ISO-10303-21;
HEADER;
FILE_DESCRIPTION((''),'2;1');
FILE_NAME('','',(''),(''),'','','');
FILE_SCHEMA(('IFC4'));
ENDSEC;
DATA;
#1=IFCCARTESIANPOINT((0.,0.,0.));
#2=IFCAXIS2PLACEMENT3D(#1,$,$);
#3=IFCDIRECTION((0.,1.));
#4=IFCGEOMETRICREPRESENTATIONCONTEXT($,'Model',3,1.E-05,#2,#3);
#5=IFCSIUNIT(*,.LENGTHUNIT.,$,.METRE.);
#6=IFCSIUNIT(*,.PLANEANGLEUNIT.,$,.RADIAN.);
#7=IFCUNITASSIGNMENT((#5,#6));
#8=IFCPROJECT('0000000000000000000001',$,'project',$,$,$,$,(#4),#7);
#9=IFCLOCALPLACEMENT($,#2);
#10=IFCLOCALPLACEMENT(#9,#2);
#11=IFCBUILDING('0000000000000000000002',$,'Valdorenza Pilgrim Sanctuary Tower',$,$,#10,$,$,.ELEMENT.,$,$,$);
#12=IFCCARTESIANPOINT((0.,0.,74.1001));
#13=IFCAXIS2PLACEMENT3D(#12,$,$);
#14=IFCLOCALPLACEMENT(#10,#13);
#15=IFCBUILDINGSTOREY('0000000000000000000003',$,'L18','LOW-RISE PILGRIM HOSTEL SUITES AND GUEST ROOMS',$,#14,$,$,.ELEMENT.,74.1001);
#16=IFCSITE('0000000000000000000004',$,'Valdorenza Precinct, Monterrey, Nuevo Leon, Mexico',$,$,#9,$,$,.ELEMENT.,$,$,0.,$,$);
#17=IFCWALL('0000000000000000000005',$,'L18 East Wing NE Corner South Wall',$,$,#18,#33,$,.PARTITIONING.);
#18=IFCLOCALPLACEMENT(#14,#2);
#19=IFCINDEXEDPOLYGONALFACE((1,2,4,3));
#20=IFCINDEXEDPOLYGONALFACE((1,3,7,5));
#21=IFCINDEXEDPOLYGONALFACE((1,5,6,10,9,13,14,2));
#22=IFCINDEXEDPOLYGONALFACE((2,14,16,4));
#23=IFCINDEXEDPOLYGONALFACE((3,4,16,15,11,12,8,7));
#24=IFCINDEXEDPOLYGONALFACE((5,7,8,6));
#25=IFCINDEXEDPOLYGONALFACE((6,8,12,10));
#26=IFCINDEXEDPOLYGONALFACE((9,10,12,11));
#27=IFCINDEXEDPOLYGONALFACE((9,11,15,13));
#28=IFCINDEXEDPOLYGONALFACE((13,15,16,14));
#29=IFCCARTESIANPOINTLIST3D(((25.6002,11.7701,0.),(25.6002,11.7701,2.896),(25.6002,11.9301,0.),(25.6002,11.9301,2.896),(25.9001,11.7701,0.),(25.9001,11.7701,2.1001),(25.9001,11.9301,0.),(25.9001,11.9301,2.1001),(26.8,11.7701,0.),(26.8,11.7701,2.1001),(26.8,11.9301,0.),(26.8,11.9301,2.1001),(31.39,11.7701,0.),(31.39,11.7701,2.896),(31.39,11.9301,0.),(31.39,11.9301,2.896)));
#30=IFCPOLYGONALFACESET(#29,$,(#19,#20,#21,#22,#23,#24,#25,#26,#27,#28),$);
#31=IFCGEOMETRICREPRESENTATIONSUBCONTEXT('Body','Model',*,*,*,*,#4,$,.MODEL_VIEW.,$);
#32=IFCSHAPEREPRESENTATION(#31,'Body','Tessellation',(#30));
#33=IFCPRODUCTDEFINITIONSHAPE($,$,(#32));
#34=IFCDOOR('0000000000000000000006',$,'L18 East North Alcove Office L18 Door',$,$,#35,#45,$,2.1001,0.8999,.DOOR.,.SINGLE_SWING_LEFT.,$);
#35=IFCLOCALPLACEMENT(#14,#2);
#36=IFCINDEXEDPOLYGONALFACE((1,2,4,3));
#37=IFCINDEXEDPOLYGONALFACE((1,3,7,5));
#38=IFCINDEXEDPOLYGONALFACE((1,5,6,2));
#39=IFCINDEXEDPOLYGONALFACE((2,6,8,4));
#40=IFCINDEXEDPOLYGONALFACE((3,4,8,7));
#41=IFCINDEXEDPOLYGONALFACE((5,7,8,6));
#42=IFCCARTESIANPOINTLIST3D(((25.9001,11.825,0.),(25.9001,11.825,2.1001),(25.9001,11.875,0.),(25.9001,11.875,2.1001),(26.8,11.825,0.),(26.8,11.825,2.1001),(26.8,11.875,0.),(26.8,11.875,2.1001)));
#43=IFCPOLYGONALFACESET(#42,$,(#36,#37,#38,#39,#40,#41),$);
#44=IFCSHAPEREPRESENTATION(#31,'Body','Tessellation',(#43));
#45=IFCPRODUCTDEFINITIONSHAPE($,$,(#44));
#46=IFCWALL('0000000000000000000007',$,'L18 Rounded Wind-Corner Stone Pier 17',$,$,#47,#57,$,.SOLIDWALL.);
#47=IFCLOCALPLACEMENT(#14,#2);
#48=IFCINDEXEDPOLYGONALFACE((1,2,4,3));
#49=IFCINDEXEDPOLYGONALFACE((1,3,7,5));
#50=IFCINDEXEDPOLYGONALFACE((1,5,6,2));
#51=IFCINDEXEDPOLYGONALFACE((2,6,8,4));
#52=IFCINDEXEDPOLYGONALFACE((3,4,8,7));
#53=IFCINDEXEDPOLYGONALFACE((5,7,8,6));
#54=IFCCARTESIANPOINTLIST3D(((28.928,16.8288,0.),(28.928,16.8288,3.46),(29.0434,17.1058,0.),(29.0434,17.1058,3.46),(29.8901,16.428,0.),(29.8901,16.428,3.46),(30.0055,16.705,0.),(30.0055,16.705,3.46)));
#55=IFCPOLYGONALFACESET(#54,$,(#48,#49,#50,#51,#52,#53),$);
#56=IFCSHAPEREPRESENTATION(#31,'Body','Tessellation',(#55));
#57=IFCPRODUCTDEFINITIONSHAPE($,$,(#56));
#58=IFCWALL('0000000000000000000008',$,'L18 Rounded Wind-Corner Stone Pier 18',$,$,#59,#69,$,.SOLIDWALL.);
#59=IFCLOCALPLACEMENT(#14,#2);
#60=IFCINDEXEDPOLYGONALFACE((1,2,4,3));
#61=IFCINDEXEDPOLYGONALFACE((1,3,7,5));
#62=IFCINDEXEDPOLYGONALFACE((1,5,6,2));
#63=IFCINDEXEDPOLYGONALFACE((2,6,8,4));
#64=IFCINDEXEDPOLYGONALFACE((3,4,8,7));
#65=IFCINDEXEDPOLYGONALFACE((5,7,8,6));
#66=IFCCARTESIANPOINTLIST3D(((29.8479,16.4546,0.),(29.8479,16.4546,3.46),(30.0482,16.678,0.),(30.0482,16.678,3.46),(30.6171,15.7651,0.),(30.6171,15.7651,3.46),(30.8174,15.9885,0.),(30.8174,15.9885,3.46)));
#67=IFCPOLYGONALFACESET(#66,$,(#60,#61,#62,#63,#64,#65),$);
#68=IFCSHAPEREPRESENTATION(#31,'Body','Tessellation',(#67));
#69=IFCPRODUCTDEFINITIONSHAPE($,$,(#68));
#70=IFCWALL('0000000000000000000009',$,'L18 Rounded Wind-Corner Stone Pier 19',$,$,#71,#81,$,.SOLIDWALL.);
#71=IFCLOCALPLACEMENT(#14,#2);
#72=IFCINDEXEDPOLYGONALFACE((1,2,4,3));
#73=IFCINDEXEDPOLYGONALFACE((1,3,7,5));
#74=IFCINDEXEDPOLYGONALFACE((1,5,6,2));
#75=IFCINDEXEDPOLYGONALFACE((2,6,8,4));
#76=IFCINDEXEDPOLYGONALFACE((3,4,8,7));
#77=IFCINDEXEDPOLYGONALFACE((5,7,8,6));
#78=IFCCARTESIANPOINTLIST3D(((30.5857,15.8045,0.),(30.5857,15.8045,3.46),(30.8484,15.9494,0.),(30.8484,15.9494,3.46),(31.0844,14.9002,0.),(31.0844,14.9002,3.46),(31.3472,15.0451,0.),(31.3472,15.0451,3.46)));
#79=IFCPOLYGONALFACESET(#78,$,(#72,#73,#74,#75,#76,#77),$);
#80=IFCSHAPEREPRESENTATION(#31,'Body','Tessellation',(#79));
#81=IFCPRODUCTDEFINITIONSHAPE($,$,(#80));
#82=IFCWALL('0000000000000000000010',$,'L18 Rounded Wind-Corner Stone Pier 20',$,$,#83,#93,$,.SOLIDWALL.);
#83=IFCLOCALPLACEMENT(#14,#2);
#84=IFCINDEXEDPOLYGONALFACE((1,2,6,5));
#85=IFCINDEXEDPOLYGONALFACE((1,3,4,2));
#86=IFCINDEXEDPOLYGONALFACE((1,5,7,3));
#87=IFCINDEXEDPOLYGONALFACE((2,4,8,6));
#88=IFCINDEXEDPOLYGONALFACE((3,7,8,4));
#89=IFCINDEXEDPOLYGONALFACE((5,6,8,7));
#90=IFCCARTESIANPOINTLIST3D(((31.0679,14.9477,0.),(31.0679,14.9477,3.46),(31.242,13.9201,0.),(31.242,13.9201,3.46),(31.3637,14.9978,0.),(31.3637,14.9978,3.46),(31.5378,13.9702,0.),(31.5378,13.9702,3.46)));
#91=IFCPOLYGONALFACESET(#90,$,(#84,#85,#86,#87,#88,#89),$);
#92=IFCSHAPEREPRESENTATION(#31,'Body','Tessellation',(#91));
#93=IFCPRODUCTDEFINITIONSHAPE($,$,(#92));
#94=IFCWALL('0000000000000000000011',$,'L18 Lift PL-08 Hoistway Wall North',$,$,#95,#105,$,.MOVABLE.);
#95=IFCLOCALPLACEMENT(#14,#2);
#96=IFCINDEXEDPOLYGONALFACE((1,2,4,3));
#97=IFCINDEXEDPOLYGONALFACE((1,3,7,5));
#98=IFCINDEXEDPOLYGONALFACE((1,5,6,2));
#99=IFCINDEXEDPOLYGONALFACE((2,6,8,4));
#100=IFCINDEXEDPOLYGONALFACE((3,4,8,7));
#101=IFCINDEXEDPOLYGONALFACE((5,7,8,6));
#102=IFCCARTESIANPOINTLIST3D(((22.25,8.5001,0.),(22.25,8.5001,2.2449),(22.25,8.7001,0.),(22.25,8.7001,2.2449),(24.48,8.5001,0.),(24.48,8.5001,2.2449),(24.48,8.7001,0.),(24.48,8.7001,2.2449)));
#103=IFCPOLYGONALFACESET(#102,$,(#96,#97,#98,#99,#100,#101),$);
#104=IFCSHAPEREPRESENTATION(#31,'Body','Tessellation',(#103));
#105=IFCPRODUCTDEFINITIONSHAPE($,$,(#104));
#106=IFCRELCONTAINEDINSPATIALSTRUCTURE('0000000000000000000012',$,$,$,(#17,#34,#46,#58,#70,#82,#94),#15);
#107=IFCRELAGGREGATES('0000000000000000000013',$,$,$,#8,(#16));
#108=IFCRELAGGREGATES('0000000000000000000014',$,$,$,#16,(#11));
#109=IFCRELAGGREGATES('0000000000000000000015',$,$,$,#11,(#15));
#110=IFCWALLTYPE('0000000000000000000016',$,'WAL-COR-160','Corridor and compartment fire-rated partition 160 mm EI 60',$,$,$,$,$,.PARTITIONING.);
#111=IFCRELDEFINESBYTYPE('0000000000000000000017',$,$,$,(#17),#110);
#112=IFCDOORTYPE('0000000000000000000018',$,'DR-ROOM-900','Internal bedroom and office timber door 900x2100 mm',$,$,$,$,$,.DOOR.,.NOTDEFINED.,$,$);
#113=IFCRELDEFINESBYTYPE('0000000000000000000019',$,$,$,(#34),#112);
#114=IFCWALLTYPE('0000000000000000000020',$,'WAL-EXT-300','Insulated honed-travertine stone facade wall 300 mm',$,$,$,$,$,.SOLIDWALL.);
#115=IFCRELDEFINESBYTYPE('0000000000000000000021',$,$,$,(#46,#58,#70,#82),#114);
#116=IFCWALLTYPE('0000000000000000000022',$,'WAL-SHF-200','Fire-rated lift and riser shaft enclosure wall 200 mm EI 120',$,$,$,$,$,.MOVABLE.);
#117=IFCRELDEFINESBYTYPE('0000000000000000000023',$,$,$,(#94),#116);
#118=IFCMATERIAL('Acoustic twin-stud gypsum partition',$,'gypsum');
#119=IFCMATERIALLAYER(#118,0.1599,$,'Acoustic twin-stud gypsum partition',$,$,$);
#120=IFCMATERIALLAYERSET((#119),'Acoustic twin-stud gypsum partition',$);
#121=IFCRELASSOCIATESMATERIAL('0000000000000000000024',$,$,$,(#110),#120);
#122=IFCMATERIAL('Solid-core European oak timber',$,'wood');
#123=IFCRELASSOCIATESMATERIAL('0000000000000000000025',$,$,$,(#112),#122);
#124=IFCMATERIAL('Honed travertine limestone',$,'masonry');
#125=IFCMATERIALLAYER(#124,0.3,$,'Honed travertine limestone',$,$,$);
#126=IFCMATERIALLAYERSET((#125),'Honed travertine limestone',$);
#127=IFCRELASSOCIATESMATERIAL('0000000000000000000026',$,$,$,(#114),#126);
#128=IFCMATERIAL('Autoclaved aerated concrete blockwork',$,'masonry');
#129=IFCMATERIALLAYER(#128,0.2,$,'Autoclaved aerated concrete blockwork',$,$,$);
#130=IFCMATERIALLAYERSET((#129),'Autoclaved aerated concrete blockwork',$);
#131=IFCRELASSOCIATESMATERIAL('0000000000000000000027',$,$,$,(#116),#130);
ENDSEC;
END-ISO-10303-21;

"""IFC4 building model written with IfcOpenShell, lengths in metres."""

from ifc_helpers import new_model, si_unit, direction, frame, frame_2d, origin, place, context, subcontext, project, spatial, rectangle, extrude, material, layer, layer_set, type_object, element, fill, save


model = new_model("IFC4")

# Units and contexts
model_context = context("Model", 3, precision=1e-05, world=origin(), true_north=direction((0.0, 1.0)))
body_context = subcontext(model_context, "Body", "Model", "MODEL_VIEW")
ifc_project = project(units=[si_unit("LENGTHUNIT", "METRE"), si_unit("PLANEANGLEUNIT", "RADIAN")], contexts=[model_context])

# Site, building, storey
site_placement = place(None, origin())
site = spatial("IfcSite", under=ifc_project, at=site_placement, Name="Valdorenza Precinct, Monterrey, Nuevo Leon, Mexico", CompositionType="ELEMENT", RefElevation=0.0)
building_placement = place(site_placement, origin())
building = spatial("IfcBuilding", under=site, at=building_placement, Name="Valdorenza Pilgrim Sanctuary Tower", CompositionType="ELEMENT")
storey_placement = place(building_placement, frame((0.0, 0.0, 74.1001)))
storey = spatial("IfcBuildingStorey", under=building, at=storey_placement, Name="L18", Description="LOW-RISE PILGRIM HOSTEL SUITES AND GUEST ROOMS", CompositionType="ELEMENT", Elevation=74.1001)

# Shared definitions
ifc_material_1 = material(Name="Honed travertine limestone", Category="masonry")

# Shared definitions
ifc_material_2 = material(Name="Acoustic twin-stud gypsum partition", Category="gypsum")
ifc_layer_1 = layer(ifc_material_2, 0.1599, Name="Acoustic twin-stud gypsum partition")
ifc_layer_set_1 = layer_set([ifc_layer_1], Name="Acoustic twin-stud gypsum partition")
wall_type_1 = type_object("IfcWallType", Name="WAL-COR-160", Description="Corridor and compartment fire-rated partition 160 mm EI 60", PredefinedType="PARTITIONING", material=ifc_layer_set_1)

# Wall, opening, door
wall_1_placement = place(storey_placement, frame((25.6001, 11.8501, 0.0), z_axis=(0.0, 0.0, 1.0), x_axis=(1.0, 0.0, 0.0)))
wall_1 = element("IfcWall", 1, at=wall_1_placement, inside=storey, type_object=wall_type_1, Name="L18 East Wing NE Corner South Wall", PredefinedType="PARTITIONING", context=body_context, shape_type="SweptSolid", body=[
    extrude(rectangle(XDim=5.7898, YDim=0.1599, at=frame_2d((2.895, 0.0))), origin(), (0.0, 0.0, 1.0), 2.896),
])
opening_placement = place(wall_1_placement, frame((0.3, 0.0, 0.0)))
opening = element("IfcOpeningElement", 2, at=opening_placement, cuts=wall_1, PredefinedType="OPENING", context=body_context, shape_type="SweptSolid", body=[
    extrude(rectangle(XDim=0.8999, YDim=2.1001, at=frame_2d((0.45, 1.05))), frame((0.0, 0.0947, 0.0), z_axis=(0.0, -1.0, 0.0), x_axis=(1.0, 0.0, 0.0)), (0.0, 0.0, 1.0), 0.1897),
])
ifc_material_3 = material(Name="Solid-core European oak timber", Category="wood")
door_type = type_object("IfcDoorType", Name="DR-ROOM-900", Description="Internal bedroom and office timber door 900x2100 mm", OperationType="NOTDEFINED", PredefinedType="DOOR", material=ifc_material_3)
door_placement = place(opening_placement, origin())
door = element("IfcDoor", 3, at=door_placement, inside=storey, type_object=door_type, Name="L18 East North Alcove Office L18 Door", OperationType="SINGLE_SWING_LEFT", OverallHeight=2.1001, OverallWidth=0.8999, PredefinedType="DOOR", context=body_context, shape_type="SweptSolid", body=[
    extrude(rectangle(XDim=0.8999, YDim=2.1001, at=frame_2d((0.45, 1.05))), frame((0.0, 0.0249, 0.0), z_axis=(0.0, -1.0, 0.0), x_axis=(1.0, 0.0, 0.0)), (0.0, 0.0, 1.0), 0.05),
])
fill(opening, door)

# Walls
ifc_layer_2 = layer(ifc_material_1, 0.3, Name="Honed travertine limestone")
ifc_layer_set_2 = layer_set([ifc_layer_2], Name="Honed travertine limestone")
wall_type_2 = type_object("IfcWallType", Name="WAL-EXT-300", Description="Insulated honed-travertine stone facade wall 300 mm", PredefinedType="SOLIDWALL", material=ifc_layer_set_2)
wall_2_placement = place(storey_placement, frame((28.9858, 16.9673, 0.0), z_axis=(0.0, 0.0, 1.0), x_axis=(0.923084, -0.384599, 0.0)))
element("IfcWall", 4, at=wall_2_placement, inside=storey, type_object=wall_type_2, Name="L18 Rounded Wind-Corner Stone Pier 17", PredefinedType="SOLIDWALL", context=body_context, shape_type="SweptSolid", body=[
    extrude(rectangle(XDim=1.0422, YDim=0.3, at=frame_2d((0.521, 0.0))), origin(), (0.0, 0.0, 1.0), 3.46),
])
wall_3_placement = place(storey_placement, frame((29.948, 16.5664, 0.0), z_axis=(0.0, 0.0, 1.0), x_axis=(0.744586, -0.667527, 0.0)))
element("IfcWall", 5, at=wall_3_placement, inside=storey, type_object=wall_type_2, Name="L18 Rounded Wind-Corner Stone Pier 18", PredefinedType="SOLIDWALL", context=body_context, shape_type="SweptSolid", body=[
    extrude(rectangle(XDim=1.033, YDim=0.3, at=frame_2d((0.5166, 0.0))), origin(), (0.0, 0.0, 1.0), 3.46),
])
wall_4_placement = place(storey_placement, frame((30.717, 15.877, 0.0), z_axis=(0.0, 0.0, 1.0), x_axis=(0.482971, -0.875636, 0.0)))
element("IfcWall", 6, at=wall_4_placement, inside=storey, type_object=wall_type_2, Name="L18 Rounded Wind-Corner Stone Pier 19", PredefinedType="SOLIDWALL", context=body_context, shape_type="SweptSolid", body=[
    extrude(rectangle(XDim=1.0327, YDim=0.3, at=frame_2d((0.5164, 0.0))), origin(), (0.0, 0.0, 1.0), 3.46),
])
wall_5_placement = place(storey_placement, frame((31.2158, 14.9727, 0.0), z_axis=(0.0, 0.0, 1.0), x_axis=(0.167019, -0.985954, 0.0)))
element("IfcWall", 7, at=wall_5_placement, inside=storey, type_object=wall_type_2, Name="L18 Rounded Wind-Corner Stone Pier 20", PredefinedType="SOLIDWALL", context=body_context, shape_type="SweptSolid", body=[
    extrude(rectangle(XDim=1.0422, YDim=0.3, at=frame_2d((0.521, 0.0))), origin(), (0.0, 0.0, 1.0), 3.46),
])
ifc_material_4 = material(Name="Autoclaved aerated concrete blockwork", Category="masonry")
ifc_layer_3 = layer(ifc_material_4, 0.2, Name="Autoclaved aerated concrete blockwork")
ifc_layer_set_3 = layer_set([ifc_layer_3], Name="Autoclaved aerated concrete blockwork")
wall_type_3 = type_object("IfcWallType", Name="WAL-SHF-200", Description="Fire-rated lift and riser shaft enclosure wall 200 mm EI 120", PredefinedType="MOVABLE", material=ifc_layer_set_3)
wall_6_placement = place(storey_placement, frame((22.25, 8.6001, 0.0), z_axis=(0.0, 0.0, 1.0), x_axis=(1.0, 0.0, 0.0)))
element("IfcWall", 8, at=wall_6_placement, inside=storey, type_object=wall_type_3, Name="L18 Lift PL-08 Hoistway Wall North", PredefinedType="MOVABLE", context=body_context, shape_type="SweptSolid", body=[
    extrude(rectangle(XDim=2.23, YDim=0.2, at=frame_2d((1.115, 0.0))), origin(), (0.0, 0.0, 1.0), 2.2449),
])

save(model, "model.ifc")
